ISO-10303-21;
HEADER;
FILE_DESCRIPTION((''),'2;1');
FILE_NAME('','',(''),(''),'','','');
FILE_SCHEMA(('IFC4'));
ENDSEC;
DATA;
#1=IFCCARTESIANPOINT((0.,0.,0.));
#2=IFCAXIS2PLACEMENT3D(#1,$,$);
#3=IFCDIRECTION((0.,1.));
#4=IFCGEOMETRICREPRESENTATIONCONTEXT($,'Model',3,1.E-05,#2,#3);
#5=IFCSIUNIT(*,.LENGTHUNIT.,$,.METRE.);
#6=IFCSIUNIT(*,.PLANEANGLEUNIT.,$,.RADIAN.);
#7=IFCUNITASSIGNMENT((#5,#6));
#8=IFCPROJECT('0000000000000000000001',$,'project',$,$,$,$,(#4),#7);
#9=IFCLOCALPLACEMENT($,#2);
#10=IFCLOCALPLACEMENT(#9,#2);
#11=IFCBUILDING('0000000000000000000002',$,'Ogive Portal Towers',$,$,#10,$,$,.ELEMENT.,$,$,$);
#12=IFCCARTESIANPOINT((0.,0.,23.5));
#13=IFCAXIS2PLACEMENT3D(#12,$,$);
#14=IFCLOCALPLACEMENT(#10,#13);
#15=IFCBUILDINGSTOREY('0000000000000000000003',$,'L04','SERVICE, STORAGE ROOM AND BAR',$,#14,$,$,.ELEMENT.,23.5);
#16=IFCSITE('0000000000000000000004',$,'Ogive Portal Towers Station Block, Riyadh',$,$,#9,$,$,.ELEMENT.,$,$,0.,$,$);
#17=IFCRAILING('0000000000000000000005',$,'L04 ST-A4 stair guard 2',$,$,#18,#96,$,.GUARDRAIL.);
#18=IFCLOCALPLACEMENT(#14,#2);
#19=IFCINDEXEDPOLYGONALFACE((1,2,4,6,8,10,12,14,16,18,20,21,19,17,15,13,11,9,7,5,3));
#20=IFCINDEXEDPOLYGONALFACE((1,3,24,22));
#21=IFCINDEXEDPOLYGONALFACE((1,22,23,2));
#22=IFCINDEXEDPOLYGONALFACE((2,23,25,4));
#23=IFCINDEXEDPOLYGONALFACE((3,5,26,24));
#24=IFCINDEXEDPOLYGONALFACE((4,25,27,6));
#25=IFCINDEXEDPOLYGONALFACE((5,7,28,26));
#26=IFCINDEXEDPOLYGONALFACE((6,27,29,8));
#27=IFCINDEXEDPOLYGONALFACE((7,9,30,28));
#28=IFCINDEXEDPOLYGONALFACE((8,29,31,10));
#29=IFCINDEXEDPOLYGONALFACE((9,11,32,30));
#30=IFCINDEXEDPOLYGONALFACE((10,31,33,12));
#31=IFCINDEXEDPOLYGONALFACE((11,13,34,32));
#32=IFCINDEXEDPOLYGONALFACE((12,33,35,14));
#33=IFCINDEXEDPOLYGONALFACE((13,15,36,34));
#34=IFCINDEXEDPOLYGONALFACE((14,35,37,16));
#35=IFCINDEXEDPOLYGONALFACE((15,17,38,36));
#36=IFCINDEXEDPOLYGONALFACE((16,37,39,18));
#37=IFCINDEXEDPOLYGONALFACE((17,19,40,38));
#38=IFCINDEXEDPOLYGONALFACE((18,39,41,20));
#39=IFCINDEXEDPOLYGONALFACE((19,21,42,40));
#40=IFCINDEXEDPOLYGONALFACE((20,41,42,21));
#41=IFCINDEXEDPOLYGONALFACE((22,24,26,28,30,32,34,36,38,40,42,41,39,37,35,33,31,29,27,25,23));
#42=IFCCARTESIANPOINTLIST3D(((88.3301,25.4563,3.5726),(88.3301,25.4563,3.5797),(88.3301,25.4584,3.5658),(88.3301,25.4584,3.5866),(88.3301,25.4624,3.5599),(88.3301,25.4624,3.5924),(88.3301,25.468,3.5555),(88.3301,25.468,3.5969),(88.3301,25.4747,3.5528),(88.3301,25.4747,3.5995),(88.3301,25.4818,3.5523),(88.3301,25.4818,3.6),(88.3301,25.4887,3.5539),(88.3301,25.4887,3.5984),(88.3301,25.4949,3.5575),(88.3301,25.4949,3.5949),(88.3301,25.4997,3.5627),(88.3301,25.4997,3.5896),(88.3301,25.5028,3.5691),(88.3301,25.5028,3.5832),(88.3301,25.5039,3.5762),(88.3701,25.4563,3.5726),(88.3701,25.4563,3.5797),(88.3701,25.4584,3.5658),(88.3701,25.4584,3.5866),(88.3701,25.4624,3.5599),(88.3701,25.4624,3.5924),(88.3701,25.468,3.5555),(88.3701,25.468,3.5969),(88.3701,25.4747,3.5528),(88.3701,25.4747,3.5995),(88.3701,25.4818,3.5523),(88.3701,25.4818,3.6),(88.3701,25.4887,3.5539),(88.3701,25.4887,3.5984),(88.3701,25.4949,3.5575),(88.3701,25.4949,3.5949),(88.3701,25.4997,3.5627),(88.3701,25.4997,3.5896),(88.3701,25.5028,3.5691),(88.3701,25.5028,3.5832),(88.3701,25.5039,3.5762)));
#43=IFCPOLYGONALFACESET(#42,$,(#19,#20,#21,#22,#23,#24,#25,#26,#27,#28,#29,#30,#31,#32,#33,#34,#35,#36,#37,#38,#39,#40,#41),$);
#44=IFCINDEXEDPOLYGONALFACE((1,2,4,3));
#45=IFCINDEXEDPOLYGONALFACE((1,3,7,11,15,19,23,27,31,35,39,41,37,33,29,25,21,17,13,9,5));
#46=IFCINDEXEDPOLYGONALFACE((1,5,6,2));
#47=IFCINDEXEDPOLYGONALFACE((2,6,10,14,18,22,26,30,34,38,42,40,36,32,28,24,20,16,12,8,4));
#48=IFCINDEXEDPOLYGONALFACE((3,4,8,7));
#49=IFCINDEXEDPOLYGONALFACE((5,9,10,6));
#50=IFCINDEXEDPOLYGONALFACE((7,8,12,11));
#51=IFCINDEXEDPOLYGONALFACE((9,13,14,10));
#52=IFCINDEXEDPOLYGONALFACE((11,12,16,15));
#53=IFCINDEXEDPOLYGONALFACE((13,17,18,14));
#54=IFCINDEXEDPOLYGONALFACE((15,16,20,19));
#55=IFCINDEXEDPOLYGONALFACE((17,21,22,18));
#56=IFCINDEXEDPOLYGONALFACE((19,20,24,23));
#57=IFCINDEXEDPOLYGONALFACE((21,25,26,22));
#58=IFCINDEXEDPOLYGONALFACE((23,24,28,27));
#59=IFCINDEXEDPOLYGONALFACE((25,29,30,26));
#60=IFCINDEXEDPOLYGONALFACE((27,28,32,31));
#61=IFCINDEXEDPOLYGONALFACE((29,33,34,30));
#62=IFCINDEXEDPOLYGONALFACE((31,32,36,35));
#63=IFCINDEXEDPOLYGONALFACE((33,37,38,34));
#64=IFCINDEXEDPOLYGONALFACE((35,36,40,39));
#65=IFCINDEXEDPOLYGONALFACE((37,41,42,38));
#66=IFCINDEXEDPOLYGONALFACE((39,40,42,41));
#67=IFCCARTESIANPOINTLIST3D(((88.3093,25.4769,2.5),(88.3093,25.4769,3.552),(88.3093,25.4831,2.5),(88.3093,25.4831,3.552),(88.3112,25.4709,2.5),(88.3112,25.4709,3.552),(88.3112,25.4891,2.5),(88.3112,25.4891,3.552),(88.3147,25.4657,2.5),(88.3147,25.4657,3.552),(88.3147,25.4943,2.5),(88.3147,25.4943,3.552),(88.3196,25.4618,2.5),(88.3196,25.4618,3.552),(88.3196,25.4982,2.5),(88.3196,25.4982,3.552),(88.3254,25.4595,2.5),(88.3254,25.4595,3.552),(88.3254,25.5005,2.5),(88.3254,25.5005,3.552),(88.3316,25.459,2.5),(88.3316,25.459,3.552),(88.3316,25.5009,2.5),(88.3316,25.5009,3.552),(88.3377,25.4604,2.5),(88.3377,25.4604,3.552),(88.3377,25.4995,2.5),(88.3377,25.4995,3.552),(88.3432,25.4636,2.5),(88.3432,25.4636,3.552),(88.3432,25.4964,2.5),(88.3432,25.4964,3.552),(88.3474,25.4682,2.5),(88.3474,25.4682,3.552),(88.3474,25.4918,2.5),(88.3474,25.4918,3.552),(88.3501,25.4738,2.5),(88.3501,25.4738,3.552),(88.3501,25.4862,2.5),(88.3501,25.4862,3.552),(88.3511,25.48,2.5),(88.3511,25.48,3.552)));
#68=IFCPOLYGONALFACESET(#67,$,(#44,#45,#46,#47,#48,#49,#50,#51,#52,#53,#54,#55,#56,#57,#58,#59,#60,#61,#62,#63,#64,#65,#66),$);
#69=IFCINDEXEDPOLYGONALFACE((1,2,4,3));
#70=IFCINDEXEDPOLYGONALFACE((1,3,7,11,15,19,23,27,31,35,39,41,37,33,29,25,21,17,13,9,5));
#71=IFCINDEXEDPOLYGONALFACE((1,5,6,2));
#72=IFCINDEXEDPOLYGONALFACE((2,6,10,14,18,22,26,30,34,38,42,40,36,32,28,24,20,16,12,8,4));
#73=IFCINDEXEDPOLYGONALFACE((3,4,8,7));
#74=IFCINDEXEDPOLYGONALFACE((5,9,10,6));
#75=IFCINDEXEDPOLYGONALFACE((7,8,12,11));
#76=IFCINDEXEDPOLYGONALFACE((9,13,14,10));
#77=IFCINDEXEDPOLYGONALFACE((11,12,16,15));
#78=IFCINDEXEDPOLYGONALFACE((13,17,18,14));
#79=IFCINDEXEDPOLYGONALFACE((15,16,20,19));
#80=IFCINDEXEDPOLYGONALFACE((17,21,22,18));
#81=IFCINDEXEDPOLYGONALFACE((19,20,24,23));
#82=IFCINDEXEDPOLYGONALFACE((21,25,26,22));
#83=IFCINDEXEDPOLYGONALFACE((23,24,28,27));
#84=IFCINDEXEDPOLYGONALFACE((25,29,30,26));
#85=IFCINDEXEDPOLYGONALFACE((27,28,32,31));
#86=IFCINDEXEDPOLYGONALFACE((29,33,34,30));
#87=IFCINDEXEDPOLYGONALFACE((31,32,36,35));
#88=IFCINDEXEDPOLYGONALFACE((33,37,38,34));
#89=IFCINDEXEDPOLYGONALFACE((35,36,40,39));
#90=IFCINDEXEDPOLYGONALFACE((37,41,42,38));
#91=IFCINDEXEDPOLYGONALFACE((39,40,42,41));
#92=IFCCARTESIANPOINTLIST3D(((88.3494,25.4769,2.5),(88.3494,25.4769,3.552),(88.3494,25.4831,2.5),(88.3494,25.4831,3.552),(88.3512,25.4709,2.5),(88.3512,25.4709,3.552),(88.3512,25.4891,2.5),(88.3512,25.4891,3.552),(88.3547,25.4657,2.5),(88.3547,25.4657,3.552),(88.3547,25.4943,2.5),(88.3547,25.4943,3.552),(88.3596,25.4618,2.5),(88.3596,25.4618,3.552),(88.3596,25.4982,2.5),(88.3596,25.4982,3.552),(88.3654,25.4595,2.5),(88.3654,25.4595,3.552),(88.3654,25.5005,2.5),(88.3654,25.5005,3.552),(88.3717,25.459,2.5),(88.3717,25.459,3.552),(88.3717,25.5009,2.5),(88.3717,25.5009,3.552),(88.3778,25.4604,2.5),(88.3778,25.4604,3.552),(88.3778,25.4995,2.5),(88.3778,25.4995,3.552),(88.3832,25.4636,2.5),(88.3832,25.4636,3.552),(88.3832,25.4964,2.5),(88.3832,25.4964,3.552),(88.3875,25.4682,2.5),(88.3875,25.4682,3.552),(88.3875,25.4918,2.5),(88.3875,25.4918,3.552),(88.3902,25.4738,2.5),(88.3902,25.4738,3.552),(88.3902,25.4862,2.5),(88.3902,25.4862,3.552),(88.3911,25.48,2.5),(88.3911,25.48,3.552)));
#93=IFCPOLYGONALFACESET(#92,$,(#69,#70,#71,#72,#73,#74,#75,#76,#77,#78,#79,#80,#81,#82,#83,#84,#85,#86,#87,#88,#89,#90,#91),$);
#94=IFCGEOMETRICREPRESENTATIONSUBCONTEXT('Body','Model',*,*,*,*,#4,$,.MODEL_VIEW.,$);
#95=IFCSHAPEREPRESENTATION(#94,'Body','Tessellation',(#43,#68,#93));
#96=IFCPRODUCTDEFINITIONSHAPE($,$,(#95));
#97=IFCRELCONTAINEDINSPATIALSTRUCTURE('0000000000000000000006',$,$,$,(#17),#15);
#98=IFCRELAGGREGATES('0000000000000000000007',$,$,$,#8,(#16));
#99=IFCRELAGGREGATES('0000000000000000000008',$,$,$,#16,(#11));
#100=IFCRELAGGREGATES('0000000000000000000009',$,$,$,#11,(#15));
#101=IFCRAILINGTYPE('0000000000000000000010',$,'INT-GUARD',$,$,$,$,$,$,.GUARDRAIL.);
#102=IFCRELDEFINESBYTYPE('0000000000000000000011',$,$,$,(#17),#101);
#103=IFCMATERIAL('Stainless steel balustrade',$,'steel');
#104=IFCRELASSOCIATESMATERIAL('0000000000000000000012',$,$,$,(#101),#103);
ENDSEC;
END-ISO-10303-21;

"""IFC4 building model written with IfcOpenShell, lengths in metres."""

from ifc_helpers import new_model, si_unit, direction, frame, origin, origin_2d, place, context, subcontext, project, spatial, circle, extrude, material, type_object, element, save


model = new_model("IFC4")

# Units and contexts
model_context = context("Model", 3, precision=1e-05, world=origin(), true_north=direction((0.0, 1.0)))
body_context = subcontext(model_context, "Body", "Model", "MODEL_VIEW")
ifc_project = project(units=[si_unit("LENGTHUNIT", "METRE"), si_unit("PLANEANGLEUNIT", "RADIAN")], contexts=[model_context])

# Site, building, storey
site_placement = place(None, origin())
site = spatial("IfcSite", under=ifc_project, at=site_placement, Name="Ogive Portal Towers Station Block, Riyadh", CompositionType="ELEMENT", RefElevation=0.0)
building_placement = place(site_placement, origin())
building = spatial("IfcBuilding", under=site, at=building_placement, Name="Ogive Portal Towers", CompositionType="ELEMENT")
storey_placement = place(building_placement, frame((0.0, 0.0, 23.5)))
storey = spatial("IfcBuildingStorey", under=building, at=storey_placement, Name="L04", Description="SERVICE, STORAGE ROOM AND BAR", CompositionType="ELEMENT", Elevation=23.5)

# Railing
ifc_material_1 = material(Name="Stainless steel balustrade", Category="steel")
railing_type_1 = type_object("IfcRailingType", Name="INT-GUARD", PredefinedType="GUARDRAIL", material=ifc_material_1)
railing_1_placement = place(storey_placement, frame((88.3301, 25.48, 2.5)))
element("IfcRailing", 1, at=railing_1_placement, inside=storey, type_object=railing_type_1, Name="L04 ST-A4 stair guard 2", PredefinedType="GUARDRAIL", context=body_context, shape_type="SweptSolid", body=[
    extrude(circle(Radius=0.0239, at=origin_2d()), frame((0.0, 0.0, 1.0762), z_axis=(1.0, 0.0, 0.0), x_axis=(0.0, 1.0, 0.0)), (0.0, 0.0, 1.0), 0.04),
    extrude(circle(Radius=0.021, at=origin_2d()), origin(), (0.0, 0.0, 1.0), 1.052),
    extrude(circle(Radius=0.021, at=origin_2d()), frame((0.04, 0.0, 0.0)), (0.0, 0.0, 1.0), 1.052),
])

save(model, "model.ifc")
